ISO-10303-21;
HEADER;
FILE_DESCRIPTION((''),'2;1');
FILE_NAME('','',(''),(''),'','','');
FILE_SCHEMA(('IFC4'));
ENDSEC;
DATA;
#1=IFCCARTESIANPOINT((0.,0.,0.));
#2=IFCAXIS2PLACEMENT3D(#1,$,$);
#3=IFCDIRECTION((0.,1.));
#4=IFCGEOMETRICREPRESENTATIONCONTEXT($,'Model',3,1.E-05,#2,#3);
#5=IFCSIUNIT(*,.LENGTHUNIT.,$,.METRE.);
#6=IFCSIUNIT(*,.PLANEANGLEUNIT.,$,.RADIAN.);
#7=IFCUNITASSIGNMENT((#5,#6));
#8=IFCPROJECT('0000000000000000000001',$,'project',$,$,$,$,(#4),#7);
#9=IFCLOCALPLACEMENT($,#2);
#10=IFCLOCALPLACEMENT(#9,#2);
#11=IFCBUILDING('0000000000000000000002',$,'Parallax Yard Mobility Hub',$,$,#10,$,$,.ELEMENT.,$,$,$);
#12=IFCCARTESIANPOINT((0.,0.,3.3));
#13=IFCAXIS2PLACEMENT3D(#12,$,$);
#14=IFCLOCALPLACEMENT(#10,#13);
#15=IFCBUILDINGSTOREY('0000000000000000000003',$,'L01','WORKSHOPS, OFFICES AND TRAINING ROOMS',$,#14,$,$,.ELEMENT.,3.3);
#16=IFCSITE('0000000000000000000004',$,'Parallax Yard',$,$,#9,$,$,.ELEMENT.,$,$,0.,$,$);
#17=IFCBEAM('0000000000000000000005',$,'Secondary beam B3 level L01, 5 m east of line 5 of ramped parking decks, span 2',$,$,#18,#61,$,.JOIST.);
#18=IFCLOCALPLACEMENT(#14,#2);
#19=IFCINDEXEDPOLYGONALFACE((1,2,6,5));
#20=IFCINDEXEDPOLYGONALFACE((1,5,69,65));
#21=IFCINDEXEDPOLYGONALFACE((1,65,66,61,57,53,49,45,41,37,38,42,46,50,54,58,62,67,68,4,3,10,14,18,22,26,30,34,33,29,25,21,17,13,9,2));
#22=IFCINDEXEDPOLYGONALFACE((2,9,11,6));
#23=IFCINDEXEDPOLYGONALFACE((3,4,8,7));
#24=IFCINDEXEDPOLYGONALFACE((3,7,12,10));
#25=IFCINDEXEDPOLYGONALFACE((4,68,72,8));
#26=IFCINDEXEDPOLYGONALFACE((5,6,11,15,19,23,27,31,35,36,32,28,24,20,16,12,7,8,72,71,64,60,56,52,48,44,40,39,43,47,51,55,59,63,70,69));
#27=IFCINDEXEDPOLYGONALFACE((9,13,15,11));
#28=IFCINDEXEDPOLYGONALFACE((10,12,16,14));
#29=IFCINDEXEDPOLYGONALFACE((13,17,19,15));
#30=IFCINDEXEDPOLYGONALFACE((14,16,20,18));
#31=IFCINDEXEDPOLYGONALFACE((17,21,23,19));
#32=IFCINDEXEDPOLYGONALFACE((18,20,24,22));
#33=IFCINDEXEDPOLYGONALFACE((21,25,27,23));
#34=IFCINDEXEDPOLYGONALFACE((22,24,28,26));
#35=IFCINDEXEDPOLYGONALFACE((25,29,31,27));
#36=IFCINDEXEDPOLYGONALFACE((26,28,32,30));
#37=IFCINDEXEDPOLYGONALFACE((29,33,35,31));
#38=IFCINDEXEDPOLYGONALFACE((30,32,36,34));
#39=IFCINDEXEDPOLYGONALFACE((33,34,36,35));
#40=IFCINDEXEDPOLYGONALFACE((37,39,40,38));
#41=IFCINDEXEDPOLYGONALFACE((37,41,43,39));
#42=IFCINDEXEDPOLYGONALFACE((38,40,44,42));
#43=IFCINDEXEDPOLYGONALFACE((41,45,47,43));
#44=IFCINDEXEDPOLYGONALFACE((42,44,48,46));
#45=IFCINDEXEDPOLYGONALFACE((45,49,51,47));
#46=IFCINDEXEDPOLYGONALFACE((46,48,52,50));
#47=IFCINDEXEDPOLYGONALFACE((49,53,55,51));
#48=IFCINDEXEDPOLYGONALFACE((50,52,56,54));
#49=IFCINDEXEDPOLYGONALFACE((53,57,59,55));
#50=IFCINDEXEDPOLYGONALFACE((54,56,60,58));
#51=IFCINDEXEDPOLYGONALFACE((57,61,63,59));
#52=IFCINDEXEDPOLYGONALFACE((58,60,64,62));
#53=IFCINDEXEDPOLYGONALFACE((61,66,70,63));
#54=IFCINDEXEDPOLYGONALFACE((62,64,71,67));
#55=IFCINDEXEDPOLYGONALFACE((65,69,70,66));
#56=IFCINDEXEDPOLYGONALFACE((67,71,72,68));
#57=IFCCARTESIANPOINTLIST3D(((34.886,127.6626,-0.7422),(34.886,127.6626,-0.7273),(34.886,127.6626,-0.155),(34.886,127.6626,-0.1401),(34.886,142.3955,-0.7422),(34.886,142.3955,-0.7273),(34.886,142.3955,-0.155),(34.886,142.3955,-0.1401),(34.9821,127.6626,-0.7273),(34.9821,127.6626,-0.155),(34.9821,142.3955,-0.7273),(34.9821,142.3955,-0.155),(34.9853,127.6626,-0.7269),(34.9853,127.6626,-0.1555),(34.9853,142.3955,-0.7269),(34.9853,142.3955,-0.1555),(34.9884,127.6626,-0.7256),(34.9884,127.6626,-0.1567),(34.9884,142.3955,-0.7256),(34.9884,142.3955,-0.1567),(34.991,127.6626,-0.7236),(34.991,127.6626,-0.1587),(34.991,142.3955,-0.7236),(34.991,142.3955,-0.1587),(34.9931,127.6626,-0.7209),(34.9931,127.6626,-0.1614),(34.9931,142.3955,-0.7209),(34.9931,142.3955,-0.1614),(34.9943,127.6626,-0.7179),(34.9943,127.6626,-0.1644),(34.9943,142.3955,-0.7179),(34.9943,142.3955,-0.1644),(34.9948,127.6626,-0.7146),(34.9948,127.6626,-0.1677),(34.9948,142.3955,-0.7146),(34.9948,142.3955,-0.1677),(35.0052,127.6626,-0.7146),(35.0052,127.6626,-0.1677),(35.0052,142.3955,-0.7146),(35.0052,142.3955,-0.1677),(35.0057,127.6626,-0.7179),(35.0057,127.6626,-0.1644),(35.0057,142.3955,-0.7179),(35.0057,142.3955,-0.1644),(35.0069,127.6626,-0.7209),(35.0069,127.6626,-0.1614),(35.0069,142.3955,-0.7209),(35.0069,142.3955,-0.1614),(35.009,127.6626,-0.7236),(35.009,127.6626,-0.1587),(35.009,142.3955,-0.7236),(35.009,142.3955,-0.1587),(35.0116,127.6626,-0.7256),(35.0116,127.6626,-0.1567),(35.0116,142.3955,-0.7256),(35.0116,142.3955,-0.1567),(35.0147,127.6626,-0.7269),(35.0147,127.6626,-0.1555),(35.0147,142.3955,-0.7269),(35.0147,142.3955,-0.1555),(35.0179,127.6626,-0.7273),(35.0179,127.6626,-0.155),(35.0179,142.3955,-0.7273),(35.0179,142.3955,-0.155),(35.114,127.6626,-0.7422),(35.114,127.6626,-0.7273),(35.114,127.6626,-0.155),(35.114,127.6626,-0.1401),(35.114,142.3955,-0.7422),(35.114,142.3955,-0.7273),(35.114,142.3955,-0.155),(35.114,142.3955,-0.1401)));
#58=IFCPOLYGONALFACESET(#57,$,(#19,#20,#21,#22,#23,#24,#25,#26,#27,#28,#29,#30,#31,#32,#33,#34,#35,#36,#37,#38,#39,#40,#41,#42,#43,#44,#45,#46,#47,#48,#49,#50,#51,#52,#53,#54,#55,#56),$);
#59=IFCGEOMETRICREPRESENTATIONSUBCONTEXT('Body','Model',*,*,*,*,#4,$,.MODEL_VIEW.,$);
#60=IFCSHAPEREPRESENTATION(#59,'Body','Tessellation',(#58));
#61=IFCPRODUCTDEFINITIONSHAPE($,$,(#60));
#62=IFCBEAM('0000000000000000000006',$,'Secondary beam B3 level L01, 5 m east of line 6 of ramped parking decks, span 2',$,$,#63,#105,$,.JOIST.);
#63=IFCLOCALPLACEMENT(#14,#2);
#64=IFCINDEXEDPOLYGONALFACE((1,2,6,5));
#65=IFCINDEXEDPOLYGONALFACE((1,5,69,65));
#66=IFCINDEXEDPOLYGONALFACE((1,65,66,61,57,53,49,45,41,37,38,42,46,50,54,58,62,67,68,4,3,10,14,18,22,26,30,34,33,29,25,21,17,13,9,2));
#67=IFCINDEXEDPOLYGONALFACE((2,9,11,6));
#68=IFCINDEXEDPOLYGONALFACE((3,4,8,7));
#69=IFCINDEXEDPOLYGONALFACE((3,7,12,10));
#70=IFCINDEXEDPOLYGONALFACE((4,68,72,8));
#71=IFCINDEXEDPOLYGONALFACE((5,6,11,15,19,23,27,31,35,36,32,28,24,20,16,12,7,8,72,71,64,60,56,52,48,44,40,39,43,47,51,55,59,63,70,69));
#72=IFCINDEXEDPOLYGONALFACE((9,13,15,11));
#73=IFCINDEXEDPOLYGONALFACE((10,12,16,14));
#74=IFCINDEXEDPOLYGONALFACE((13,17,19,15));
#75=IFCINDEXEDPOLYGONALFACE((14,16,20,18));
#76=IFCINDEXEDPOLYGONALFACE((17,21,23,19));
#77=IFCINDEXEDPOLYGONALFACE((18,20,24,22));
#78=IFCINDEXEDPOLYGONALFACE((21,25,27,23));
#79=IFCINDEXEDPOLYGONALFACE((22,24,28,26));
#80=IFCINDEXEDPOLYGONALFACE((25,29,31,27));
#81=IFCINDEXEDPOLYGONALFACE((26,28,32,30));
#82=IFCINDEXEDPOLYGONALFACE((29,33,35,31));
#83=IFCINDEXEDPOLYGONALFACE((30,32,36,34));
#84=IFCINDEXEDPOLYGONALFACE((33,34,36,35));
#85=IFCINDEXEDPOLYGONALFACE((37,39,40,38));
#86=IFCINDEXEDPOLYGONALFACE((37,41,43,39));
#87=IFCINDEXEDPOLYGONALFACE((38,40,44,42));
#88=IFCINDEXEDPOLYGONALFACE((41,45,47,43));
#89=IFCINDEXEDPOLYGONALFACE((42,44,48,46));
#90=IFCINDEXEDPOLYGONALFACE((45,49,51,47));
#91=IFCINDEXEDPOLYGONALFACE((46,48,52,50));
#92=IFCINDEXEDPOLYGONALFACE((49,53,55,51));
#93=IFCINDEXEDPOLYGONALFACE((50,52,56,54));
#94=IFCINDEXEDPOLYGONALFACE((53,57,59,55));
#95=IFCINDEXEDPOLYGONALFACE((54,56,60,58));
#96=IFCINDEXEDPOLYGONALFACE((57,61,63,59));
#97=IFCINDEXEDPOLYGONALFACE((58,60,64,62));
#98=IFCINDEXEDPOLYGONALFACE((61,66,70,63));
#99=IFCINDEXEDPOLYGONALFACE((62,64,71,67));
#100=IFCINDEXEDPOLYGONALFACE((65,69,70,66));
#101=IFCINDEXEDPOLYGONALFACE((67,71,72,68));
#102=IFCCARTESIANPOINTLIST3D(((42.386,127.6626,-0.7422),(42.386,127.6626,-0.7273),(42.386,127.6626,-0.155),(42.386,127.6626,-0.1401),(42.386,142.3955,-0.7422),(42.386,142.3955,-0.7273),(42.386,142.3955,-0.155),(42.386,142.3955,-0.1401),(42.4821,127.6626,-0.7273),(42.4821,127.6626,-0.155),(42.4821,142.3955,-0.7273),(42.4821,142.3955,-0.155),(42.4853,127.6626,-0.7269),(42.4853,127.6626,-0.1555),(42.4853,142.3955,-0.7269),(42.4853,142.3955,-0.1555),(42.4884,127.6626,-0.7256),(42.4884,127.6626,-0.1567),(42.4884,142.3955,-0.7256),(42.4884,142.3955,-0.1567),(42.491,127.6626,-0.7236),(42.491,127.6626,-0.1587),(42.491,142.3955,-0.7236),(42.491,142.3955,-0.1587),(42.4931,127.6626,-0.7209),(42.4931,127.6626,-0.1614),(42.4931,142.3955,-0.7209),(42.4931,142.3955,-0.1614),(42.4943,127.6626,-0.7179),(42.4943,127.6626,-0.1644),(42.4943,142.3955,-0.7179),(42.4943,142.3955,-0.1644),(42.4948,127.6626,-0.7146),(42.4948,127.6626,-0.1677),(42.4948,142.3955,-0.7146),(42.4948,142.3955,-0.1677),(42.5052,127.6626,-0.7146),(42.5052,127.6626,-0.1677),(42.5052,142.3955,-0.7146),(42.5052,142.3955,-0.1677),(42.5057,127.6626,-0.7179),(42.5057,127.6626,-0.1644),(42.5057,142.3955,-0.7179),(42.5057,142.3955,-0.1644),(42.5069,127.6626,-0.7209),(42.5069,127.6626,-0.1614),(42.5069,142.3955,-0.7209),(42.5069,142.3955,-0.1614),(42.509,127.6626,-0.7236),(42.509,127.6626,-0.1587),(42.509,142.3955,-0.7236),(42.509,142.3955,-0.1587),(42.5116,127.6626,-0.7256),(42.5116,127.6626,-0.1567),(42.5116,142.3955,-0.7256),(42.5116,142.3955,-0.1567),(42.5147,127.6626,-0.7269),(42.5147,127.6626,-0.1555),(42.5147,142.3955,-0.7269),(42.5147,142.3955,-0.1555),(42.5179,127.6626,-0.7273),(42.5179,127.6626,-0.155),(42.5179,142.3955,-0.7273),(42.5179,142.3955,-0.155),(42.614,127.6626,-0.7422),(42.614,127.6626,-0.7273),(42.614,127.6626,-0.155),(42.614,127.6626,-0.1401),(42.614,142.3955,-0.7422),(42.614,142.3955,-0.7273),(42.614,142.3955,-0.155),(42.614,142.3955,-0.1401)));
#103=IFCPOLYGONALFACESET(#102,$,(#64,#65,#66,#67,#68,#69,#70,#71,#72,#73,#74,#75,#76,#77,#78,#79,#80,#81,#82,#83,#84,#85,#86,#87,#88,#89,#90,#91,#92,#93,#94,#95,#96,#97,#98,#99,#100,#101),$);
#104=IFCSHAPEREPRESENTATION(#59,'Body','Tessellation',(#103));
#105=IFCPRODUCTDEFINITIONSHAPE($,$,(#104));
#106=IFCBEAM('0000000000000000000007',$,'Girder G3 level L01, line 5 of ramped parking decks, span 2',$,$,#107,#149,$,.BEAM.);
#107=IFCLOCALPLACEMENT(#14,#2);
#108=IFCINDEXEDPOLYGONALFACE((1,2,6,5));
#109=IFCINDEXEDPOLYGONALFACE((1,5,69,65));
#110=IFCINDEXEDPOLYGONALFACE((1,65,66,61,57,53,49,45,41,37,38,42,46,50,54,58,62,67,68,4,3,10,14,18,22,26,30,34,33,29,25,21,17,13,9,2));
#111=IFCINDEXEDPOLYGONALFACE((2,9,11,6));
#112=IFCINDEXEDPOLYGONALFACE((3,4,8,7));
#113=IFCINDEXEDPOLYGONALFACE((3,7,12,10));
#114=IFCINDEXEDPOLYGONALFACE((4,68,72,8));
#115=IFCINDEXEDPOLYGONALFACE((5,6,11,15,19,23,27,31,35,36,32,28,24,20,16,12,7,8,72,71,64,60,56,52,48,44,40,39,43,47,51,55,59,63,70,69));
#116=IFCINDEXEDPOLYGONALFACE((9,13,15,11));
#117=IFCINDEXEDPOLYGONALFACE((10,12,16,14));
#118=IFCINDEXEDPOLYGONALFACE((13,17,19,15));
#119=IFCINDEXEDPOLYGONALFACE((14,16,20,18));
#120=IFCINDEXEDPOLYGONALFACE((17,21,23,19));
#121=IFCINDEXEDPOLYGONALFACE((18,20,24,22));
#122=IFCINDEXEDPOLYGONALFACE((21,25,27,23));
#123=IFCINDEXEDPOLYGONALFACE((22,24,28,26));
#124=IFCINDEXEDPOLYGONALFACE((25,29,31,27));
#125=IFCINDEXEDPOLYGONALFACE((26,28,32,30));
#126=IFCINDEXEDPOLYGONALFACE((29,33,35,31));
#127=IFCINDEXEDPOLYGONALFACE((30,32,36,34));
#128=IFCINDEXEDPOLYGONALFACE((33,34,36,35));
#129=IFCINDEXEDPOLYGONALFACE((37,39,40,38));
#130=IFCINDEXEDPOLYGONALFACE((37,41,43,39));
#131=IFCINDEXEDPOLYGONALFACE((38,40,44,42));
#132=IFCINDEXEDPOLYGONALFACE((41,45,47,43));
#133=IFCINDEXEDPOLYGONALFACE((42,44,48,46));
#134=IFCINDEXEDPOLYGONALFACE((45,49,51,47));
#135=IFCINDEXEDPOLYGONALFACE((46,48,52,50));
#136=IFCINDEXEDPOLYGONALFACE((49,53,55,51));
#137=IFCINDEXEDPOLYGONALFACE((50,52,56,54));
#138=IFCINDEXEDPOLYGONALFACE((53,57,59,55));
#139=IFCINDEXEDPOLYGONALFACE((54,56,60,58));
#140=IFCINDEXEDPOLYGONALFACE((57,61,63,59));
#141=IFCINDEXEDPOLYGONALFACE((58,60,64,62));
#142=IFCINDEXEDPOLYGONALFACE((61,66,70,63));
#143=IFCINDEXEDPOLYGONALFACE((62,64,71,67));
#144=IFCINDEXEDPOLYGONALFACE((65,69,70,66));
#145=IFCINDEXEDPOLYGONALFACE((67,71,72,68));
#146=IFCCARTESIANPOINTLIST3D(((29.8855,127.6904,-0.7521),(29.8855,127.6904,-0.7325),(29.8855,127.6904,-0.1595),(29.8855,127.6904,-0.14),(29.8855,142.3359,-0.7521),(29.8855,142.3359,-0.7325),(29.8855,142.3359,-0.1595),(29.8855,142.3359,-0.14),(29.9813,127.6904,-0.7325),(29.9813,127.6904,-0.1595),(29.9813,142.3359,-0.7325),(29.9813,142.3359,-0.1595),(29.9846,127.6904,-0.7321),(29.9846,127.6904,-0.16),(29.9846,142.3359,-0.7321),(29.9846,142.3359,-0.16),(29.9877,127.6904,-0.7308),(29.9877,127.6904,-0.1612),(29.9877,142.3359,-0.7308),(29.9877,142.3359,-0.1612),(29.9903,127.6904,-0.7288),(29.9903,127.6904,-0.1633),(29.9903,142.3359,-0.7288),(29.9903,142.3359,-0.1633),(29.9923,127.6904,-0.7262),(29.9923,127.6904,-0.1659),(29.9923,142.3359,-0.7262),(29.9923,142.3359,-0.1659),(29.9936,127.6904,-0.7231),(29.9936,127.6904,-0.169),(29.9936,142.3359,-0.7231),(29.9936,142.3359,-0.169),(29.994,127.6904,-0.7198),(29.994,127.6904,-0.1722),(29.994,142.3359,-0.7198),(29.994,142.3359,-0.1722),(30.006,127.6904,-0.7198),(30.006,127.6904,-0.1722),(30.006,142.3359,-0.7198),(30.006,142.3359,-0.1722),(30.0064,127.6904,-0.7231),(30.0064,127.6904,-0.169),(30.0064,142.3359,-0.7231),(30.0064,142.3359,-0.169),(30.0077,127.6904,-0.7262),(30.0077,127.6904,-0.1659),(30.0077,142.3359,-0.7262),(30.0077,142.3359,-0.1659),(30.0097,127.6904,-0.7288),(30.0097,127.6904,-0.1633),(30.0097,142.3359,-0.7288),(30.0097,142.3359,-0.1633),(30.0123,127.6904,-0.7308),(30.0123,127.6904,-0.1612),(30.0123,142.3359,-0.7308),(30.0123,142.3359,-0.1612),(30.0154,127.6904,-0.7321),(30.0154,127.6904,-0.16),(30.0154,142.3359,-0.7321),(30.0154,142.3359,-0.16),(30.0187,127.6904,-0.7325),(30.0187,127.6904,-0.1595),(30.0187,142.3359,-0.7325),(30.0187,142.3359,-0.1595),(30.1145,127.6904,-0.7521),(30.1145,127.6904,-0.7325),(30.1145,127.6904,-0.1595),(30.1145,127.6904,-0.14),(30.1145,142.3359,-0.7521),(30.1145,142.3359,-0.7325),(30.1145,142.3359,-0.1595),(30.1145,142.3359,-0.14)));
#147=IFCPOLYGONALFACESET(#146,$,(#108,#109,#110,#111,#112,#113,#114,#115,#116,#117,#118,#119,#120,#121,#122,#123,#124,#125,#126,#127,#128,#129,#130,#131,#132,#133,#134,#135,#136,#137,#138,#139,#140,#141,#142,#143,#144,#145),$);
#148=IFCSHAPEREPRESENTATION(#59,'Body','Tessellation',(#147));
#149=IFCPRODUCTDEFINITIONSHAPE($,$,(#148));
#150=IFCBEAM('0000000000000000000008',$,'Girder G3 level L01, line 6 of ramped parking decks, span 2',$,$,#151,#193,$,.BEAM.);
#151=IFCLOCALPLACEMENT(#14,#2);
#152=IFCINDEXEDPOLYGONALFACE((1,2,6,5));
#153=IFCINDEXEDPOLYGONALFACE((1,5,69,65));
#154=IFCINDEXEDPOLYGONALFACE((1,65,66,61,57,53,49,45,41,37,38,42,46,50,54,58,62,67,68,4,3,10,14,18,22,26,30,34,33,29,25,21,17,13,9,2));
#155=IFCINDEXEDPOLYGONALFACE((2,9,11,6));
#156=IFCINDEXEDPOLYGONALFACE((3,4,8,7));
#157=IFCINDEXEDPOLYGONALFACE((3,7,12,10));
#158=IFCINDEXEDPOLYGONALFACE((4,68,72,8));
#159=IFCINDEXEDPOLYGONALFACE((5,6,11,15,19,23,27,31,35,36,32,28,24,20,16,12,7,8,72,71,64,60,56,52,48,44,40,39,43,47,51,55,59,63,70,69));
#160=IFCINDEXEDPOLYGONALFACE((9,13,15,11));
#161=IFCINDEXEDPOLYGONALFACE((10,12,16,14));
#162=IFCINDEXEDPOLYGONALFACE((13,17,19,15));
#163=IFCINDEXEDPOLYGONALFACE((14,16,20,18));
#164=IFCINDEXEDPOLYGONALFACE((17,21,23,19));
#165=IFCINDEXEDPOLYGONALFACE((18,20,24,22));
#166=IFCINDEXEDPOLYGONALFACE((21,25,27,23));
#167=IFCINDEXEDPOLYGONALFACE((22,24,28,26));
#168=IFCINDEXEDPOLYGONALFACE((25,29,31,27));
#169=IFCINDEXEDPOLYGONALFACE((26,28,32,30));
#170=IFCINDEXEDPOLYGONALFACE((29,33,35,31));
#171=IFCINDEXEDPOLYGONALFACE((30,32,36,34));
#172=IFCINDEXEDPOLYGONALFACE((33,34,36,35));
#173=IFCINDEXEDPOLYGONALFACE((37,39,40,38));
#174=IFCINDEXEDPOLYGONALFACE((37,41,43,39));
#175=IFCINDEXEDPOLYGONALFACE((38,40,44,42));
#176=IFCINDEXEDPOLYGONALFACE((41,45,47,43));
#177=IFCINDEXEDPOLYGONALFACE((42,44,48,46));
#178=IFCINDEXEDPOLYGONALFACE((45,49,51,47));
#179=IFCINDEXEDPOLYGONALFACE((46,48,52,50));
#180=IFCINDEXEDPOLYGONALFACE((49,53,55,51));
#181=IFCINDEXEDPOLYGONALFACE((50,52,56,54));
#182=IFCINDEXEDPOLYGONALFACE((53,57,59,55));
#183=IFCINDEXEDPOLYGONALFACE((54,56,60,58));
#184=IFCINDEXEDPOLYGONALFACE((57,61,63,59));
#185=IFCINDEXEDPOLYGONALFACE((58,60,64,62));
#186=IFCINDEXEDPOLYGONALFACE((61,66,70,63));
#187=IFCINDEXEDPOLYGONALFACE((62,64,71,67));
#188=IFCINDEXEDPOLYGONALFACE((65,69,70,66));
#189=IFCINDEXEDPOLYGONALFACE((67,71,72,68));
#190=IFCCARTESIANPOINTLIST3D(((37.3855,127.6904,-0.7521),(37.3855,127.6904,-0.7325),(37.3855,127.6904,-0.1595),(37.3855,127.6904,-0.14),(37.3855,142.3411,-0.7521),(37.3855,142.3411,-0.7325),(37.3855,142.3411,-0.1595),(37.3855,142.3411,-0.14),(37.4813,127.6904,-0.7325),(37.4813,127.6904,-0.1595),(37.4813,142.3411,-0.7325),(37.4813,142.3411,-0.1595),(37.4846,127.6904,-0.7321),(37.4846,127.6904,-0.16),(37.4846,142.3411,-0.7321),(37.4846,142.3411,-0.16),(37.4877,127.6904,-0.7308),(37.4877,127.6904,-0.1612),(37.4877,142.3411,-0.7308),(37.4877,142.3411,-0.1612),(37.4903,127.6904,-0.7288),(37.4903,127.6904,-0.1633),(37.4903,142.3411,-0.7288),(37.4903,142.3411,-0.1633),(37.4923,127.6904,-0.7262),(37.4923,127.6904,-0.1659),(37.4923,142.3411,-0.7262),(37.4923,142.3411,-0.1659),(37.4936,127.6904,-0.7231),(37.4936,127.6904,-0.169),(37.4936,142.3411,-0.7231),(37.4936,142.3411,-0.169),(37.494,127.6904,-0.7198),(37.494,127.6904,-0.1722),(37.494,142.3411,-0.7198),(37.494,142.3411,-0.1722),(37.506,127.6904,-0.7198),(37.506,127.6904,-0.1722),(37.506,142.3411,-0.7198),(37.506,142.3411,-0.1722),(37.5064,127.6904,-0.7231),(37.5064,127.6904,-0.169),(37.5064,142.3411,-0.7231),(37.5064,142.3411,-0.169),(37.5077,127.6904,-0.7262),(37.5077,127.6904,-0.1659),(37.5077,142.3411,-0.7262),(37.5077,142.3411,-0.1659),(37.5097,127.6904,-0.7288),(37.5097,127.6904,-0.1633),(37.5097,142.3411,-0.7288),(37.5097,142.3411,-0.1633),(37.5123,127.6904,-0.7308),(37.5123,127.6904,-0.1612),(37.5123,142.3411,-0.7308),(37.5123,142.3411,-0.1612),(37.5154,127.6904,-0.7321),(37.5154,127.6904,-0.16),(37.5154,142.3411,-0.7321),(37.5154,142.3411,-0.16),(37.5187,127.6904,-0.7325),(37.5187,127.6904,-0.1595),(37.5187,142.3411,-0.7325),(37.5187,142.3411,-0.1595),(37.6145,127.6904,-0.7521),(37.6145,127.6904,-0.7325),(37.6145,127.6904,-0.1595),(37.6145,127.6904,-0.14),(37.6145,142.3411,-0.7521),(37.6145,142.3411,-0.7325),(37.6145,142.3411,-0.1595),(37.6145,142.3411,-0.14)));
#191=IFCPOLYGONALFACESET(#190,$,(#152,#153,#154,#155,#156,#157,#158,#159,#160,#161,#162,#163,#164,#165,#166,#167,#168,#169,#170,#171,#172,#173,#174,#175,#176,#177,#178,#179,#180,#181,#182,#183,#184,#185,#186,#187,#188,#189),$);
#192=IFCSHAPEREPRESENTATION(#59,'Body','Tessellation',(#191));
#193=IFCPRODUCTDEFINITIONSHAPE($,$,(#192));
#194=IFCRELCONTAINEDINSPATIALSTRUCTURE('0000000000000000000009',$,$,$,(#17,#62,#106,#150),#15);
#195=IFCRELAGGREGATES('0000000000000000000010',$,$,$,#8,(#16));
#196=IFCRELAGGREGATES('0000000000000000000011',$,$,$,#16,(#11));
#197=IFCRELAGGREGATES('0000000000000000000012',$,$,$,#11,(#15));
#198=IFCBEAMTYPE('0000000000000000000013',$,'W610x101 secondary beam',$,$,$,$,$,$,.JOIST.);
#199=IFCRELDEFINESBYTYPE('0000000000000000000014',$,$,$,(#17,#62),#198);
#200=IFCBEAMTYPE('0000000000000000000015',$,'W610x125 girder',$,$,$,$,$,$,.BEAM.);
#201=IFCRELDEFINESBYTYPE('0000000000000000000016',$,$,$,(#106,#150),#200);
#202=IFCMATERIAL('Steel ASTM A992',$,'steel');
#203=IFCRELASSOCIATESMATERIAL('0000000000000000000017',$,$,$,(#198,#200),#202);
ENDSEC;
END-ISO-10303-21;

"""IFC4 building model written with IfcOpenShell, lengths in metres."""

from ifc_helpers import new_model, si_unit, direction, frame, origin, origin_2d, place, context, subcontext, project, spatial, i_section, extrude, material, material_profile, profile_set, type_object, element, save


model = new_model("IFC4")

# Units and contexts
model_context = context("Model", 3, precision=1e-05, world=origin(), true_north=direction((0.0, 1.0)))
body_context = subcontext(model_context, "Body", "Model", "MODEL_VIEW")
ifc_project = project(units=[si_unit("LENGTHUNIT", "METRE"), si_unit("PLANEANGLEUNIT", "RADIAN")], contexts=[model_context])

# Site, building, storey
site_placement = place(None, origin())
site = spatial("IfcSite", under=ifc_project, at=site_placement, Name="Parallax Yard", CompositionType="ELEMENT", RefElevation=0.0)
building_placement = place(site_placement, origin())
building = spatial("IfcBuilding", under=site, at=building_placement, Name="Parallax Yard Mobility Hub", CompositionType="ELEMENT")
storey_placement = place(building_placement, frame((0.0, 0.0, 3.3)))
storey = spatial("IfcBuildingStorey", under=building, at=storey_placement, Name="L01", Description="WORKSHOPS, OFFICES AND TRAINING ROOMS", CompositionType="ELEMENT", Elevation=3.3)

# Shared definitions
ifc_material_1 = material(Name="Steel ASTM A992", Category="steel")

# Beams
ifc_material_profile_1 = material_profile(ifc_material_1, i_section(OverallWidth=0.228, OverallDepth=0.6021, WebThickness=0.0105, FlangeThickness=0.0149, FilletRadius=0.0127, at=origin_2d()), Name="W610x101")
ifc_profile_set_1 = profile_set([ifc_material_profile_1], Name="Steel ASTM A992")
beam_type_1 = type_object("IfcBeamType", Name="W610x101 secondary beam", PredefinedType="JOIST", material=ifc_profile_set_1)
for number, where, z_axis, x_axis, name in (
    (1, (35.0, 127.6626, -0.4412), (0.0, 1.0, 0.0), (-1.0, 0.0, 0.0), "Secondary beam B3 level L01, 5 m east of line 5 of ramped parking decks, span 2"),
    (2, (42.5, 127.6626, -0.4412), (0.0, 1.0, 0.0), (-1.0, 0.0, 0.0), "Secondary beam B3 level L01, 5 m east of line 6 of ramped parking decks, span 2"),
):
    element("IfcBeam", number, at=place(storey_placement, frame(where, z_axis=z_axis, x_axis=x_axis)), inside=storey, type_object=beam_type_1, Name=name, PredefinedType="JOIST", context=body_context, shape_type="SweptSolid", body=[
        extrude(i_section(OverallWidth=0.228, OverallDepth=0.6021, WebThickness=0.0105, FlangeThickness=0.0149, FilletRadius=0.0127, at=origin_2d()), origin(), (0.0, 0.0, 1.0), 14.7329),
    ])
ifc_material_profile_2 = material_profile(ifc_material_1, i_section(OverallWidth=0.229, OverallDepth=0.6121, WebThickness=0.012, FlangeThickness=0.0195, FilletRadius=0.0127, at=origin_2d()), Name="W610x125")
ifc_profile_set_2 = profile_set([ifc_material_profile_2], Name="Steel ASTM A992")
beam_type_2 = type_object("IfcBeamType", Name="W610x125 girder", PredefinedType="BEAM", material=ifc_profile_set_2)
beam_1_placement = place(storey_placement, frame((30.0, 127.6904, -0.446), z_axis=(0.0, 1.0, 0.0), x_axis=(-1.0, 0.0, 0.0)))
element("IfcBeam", 3, at=beam_1_placement, inside=storey, type_object=beam_type_2, Name="Girder G3 level L01, line 5 of ramped parking decks, span 2", PredefinedType="BEAM", context=body_context, shape_type="SweptSolid", body=[
    extrude(i_section(OverallWidth=0.229, OverallDepth=0.6121, WebThickness=0.012, FlangeThickness=0.0195, FilletRadius=0.0127, at=origin_2d()), origin(), (0.0, 0.0, 1.0), 14.6455),
])
beam_2_placement = place(storey_placement, frame((37.5, 127.6904, -0.446), z_axis=(0.0, 1.0, 0.0), x_axis=(-1.0, 0.0, 0.0)))
element("IfcBeam", 4, at=beam_2_placement, inside=storey, type_object=beam_type_2, Name="Girder G3 level L01, line 6 of ramped parking decks, span 2", PredefinedType="BEAM", context=body_context, shape_type="SweptSolid", body=[
    extrude(i_section(OverallWidth=0.229, OverallDepth=0.6121, WebThickness=0.012, FlangeThickness=0.0195, FilletRadius=0.0127, at=origin_2d()), origin(), (0.0, 0.0, 1.0), 14.6506),
])

save(model, "model.ifc")
